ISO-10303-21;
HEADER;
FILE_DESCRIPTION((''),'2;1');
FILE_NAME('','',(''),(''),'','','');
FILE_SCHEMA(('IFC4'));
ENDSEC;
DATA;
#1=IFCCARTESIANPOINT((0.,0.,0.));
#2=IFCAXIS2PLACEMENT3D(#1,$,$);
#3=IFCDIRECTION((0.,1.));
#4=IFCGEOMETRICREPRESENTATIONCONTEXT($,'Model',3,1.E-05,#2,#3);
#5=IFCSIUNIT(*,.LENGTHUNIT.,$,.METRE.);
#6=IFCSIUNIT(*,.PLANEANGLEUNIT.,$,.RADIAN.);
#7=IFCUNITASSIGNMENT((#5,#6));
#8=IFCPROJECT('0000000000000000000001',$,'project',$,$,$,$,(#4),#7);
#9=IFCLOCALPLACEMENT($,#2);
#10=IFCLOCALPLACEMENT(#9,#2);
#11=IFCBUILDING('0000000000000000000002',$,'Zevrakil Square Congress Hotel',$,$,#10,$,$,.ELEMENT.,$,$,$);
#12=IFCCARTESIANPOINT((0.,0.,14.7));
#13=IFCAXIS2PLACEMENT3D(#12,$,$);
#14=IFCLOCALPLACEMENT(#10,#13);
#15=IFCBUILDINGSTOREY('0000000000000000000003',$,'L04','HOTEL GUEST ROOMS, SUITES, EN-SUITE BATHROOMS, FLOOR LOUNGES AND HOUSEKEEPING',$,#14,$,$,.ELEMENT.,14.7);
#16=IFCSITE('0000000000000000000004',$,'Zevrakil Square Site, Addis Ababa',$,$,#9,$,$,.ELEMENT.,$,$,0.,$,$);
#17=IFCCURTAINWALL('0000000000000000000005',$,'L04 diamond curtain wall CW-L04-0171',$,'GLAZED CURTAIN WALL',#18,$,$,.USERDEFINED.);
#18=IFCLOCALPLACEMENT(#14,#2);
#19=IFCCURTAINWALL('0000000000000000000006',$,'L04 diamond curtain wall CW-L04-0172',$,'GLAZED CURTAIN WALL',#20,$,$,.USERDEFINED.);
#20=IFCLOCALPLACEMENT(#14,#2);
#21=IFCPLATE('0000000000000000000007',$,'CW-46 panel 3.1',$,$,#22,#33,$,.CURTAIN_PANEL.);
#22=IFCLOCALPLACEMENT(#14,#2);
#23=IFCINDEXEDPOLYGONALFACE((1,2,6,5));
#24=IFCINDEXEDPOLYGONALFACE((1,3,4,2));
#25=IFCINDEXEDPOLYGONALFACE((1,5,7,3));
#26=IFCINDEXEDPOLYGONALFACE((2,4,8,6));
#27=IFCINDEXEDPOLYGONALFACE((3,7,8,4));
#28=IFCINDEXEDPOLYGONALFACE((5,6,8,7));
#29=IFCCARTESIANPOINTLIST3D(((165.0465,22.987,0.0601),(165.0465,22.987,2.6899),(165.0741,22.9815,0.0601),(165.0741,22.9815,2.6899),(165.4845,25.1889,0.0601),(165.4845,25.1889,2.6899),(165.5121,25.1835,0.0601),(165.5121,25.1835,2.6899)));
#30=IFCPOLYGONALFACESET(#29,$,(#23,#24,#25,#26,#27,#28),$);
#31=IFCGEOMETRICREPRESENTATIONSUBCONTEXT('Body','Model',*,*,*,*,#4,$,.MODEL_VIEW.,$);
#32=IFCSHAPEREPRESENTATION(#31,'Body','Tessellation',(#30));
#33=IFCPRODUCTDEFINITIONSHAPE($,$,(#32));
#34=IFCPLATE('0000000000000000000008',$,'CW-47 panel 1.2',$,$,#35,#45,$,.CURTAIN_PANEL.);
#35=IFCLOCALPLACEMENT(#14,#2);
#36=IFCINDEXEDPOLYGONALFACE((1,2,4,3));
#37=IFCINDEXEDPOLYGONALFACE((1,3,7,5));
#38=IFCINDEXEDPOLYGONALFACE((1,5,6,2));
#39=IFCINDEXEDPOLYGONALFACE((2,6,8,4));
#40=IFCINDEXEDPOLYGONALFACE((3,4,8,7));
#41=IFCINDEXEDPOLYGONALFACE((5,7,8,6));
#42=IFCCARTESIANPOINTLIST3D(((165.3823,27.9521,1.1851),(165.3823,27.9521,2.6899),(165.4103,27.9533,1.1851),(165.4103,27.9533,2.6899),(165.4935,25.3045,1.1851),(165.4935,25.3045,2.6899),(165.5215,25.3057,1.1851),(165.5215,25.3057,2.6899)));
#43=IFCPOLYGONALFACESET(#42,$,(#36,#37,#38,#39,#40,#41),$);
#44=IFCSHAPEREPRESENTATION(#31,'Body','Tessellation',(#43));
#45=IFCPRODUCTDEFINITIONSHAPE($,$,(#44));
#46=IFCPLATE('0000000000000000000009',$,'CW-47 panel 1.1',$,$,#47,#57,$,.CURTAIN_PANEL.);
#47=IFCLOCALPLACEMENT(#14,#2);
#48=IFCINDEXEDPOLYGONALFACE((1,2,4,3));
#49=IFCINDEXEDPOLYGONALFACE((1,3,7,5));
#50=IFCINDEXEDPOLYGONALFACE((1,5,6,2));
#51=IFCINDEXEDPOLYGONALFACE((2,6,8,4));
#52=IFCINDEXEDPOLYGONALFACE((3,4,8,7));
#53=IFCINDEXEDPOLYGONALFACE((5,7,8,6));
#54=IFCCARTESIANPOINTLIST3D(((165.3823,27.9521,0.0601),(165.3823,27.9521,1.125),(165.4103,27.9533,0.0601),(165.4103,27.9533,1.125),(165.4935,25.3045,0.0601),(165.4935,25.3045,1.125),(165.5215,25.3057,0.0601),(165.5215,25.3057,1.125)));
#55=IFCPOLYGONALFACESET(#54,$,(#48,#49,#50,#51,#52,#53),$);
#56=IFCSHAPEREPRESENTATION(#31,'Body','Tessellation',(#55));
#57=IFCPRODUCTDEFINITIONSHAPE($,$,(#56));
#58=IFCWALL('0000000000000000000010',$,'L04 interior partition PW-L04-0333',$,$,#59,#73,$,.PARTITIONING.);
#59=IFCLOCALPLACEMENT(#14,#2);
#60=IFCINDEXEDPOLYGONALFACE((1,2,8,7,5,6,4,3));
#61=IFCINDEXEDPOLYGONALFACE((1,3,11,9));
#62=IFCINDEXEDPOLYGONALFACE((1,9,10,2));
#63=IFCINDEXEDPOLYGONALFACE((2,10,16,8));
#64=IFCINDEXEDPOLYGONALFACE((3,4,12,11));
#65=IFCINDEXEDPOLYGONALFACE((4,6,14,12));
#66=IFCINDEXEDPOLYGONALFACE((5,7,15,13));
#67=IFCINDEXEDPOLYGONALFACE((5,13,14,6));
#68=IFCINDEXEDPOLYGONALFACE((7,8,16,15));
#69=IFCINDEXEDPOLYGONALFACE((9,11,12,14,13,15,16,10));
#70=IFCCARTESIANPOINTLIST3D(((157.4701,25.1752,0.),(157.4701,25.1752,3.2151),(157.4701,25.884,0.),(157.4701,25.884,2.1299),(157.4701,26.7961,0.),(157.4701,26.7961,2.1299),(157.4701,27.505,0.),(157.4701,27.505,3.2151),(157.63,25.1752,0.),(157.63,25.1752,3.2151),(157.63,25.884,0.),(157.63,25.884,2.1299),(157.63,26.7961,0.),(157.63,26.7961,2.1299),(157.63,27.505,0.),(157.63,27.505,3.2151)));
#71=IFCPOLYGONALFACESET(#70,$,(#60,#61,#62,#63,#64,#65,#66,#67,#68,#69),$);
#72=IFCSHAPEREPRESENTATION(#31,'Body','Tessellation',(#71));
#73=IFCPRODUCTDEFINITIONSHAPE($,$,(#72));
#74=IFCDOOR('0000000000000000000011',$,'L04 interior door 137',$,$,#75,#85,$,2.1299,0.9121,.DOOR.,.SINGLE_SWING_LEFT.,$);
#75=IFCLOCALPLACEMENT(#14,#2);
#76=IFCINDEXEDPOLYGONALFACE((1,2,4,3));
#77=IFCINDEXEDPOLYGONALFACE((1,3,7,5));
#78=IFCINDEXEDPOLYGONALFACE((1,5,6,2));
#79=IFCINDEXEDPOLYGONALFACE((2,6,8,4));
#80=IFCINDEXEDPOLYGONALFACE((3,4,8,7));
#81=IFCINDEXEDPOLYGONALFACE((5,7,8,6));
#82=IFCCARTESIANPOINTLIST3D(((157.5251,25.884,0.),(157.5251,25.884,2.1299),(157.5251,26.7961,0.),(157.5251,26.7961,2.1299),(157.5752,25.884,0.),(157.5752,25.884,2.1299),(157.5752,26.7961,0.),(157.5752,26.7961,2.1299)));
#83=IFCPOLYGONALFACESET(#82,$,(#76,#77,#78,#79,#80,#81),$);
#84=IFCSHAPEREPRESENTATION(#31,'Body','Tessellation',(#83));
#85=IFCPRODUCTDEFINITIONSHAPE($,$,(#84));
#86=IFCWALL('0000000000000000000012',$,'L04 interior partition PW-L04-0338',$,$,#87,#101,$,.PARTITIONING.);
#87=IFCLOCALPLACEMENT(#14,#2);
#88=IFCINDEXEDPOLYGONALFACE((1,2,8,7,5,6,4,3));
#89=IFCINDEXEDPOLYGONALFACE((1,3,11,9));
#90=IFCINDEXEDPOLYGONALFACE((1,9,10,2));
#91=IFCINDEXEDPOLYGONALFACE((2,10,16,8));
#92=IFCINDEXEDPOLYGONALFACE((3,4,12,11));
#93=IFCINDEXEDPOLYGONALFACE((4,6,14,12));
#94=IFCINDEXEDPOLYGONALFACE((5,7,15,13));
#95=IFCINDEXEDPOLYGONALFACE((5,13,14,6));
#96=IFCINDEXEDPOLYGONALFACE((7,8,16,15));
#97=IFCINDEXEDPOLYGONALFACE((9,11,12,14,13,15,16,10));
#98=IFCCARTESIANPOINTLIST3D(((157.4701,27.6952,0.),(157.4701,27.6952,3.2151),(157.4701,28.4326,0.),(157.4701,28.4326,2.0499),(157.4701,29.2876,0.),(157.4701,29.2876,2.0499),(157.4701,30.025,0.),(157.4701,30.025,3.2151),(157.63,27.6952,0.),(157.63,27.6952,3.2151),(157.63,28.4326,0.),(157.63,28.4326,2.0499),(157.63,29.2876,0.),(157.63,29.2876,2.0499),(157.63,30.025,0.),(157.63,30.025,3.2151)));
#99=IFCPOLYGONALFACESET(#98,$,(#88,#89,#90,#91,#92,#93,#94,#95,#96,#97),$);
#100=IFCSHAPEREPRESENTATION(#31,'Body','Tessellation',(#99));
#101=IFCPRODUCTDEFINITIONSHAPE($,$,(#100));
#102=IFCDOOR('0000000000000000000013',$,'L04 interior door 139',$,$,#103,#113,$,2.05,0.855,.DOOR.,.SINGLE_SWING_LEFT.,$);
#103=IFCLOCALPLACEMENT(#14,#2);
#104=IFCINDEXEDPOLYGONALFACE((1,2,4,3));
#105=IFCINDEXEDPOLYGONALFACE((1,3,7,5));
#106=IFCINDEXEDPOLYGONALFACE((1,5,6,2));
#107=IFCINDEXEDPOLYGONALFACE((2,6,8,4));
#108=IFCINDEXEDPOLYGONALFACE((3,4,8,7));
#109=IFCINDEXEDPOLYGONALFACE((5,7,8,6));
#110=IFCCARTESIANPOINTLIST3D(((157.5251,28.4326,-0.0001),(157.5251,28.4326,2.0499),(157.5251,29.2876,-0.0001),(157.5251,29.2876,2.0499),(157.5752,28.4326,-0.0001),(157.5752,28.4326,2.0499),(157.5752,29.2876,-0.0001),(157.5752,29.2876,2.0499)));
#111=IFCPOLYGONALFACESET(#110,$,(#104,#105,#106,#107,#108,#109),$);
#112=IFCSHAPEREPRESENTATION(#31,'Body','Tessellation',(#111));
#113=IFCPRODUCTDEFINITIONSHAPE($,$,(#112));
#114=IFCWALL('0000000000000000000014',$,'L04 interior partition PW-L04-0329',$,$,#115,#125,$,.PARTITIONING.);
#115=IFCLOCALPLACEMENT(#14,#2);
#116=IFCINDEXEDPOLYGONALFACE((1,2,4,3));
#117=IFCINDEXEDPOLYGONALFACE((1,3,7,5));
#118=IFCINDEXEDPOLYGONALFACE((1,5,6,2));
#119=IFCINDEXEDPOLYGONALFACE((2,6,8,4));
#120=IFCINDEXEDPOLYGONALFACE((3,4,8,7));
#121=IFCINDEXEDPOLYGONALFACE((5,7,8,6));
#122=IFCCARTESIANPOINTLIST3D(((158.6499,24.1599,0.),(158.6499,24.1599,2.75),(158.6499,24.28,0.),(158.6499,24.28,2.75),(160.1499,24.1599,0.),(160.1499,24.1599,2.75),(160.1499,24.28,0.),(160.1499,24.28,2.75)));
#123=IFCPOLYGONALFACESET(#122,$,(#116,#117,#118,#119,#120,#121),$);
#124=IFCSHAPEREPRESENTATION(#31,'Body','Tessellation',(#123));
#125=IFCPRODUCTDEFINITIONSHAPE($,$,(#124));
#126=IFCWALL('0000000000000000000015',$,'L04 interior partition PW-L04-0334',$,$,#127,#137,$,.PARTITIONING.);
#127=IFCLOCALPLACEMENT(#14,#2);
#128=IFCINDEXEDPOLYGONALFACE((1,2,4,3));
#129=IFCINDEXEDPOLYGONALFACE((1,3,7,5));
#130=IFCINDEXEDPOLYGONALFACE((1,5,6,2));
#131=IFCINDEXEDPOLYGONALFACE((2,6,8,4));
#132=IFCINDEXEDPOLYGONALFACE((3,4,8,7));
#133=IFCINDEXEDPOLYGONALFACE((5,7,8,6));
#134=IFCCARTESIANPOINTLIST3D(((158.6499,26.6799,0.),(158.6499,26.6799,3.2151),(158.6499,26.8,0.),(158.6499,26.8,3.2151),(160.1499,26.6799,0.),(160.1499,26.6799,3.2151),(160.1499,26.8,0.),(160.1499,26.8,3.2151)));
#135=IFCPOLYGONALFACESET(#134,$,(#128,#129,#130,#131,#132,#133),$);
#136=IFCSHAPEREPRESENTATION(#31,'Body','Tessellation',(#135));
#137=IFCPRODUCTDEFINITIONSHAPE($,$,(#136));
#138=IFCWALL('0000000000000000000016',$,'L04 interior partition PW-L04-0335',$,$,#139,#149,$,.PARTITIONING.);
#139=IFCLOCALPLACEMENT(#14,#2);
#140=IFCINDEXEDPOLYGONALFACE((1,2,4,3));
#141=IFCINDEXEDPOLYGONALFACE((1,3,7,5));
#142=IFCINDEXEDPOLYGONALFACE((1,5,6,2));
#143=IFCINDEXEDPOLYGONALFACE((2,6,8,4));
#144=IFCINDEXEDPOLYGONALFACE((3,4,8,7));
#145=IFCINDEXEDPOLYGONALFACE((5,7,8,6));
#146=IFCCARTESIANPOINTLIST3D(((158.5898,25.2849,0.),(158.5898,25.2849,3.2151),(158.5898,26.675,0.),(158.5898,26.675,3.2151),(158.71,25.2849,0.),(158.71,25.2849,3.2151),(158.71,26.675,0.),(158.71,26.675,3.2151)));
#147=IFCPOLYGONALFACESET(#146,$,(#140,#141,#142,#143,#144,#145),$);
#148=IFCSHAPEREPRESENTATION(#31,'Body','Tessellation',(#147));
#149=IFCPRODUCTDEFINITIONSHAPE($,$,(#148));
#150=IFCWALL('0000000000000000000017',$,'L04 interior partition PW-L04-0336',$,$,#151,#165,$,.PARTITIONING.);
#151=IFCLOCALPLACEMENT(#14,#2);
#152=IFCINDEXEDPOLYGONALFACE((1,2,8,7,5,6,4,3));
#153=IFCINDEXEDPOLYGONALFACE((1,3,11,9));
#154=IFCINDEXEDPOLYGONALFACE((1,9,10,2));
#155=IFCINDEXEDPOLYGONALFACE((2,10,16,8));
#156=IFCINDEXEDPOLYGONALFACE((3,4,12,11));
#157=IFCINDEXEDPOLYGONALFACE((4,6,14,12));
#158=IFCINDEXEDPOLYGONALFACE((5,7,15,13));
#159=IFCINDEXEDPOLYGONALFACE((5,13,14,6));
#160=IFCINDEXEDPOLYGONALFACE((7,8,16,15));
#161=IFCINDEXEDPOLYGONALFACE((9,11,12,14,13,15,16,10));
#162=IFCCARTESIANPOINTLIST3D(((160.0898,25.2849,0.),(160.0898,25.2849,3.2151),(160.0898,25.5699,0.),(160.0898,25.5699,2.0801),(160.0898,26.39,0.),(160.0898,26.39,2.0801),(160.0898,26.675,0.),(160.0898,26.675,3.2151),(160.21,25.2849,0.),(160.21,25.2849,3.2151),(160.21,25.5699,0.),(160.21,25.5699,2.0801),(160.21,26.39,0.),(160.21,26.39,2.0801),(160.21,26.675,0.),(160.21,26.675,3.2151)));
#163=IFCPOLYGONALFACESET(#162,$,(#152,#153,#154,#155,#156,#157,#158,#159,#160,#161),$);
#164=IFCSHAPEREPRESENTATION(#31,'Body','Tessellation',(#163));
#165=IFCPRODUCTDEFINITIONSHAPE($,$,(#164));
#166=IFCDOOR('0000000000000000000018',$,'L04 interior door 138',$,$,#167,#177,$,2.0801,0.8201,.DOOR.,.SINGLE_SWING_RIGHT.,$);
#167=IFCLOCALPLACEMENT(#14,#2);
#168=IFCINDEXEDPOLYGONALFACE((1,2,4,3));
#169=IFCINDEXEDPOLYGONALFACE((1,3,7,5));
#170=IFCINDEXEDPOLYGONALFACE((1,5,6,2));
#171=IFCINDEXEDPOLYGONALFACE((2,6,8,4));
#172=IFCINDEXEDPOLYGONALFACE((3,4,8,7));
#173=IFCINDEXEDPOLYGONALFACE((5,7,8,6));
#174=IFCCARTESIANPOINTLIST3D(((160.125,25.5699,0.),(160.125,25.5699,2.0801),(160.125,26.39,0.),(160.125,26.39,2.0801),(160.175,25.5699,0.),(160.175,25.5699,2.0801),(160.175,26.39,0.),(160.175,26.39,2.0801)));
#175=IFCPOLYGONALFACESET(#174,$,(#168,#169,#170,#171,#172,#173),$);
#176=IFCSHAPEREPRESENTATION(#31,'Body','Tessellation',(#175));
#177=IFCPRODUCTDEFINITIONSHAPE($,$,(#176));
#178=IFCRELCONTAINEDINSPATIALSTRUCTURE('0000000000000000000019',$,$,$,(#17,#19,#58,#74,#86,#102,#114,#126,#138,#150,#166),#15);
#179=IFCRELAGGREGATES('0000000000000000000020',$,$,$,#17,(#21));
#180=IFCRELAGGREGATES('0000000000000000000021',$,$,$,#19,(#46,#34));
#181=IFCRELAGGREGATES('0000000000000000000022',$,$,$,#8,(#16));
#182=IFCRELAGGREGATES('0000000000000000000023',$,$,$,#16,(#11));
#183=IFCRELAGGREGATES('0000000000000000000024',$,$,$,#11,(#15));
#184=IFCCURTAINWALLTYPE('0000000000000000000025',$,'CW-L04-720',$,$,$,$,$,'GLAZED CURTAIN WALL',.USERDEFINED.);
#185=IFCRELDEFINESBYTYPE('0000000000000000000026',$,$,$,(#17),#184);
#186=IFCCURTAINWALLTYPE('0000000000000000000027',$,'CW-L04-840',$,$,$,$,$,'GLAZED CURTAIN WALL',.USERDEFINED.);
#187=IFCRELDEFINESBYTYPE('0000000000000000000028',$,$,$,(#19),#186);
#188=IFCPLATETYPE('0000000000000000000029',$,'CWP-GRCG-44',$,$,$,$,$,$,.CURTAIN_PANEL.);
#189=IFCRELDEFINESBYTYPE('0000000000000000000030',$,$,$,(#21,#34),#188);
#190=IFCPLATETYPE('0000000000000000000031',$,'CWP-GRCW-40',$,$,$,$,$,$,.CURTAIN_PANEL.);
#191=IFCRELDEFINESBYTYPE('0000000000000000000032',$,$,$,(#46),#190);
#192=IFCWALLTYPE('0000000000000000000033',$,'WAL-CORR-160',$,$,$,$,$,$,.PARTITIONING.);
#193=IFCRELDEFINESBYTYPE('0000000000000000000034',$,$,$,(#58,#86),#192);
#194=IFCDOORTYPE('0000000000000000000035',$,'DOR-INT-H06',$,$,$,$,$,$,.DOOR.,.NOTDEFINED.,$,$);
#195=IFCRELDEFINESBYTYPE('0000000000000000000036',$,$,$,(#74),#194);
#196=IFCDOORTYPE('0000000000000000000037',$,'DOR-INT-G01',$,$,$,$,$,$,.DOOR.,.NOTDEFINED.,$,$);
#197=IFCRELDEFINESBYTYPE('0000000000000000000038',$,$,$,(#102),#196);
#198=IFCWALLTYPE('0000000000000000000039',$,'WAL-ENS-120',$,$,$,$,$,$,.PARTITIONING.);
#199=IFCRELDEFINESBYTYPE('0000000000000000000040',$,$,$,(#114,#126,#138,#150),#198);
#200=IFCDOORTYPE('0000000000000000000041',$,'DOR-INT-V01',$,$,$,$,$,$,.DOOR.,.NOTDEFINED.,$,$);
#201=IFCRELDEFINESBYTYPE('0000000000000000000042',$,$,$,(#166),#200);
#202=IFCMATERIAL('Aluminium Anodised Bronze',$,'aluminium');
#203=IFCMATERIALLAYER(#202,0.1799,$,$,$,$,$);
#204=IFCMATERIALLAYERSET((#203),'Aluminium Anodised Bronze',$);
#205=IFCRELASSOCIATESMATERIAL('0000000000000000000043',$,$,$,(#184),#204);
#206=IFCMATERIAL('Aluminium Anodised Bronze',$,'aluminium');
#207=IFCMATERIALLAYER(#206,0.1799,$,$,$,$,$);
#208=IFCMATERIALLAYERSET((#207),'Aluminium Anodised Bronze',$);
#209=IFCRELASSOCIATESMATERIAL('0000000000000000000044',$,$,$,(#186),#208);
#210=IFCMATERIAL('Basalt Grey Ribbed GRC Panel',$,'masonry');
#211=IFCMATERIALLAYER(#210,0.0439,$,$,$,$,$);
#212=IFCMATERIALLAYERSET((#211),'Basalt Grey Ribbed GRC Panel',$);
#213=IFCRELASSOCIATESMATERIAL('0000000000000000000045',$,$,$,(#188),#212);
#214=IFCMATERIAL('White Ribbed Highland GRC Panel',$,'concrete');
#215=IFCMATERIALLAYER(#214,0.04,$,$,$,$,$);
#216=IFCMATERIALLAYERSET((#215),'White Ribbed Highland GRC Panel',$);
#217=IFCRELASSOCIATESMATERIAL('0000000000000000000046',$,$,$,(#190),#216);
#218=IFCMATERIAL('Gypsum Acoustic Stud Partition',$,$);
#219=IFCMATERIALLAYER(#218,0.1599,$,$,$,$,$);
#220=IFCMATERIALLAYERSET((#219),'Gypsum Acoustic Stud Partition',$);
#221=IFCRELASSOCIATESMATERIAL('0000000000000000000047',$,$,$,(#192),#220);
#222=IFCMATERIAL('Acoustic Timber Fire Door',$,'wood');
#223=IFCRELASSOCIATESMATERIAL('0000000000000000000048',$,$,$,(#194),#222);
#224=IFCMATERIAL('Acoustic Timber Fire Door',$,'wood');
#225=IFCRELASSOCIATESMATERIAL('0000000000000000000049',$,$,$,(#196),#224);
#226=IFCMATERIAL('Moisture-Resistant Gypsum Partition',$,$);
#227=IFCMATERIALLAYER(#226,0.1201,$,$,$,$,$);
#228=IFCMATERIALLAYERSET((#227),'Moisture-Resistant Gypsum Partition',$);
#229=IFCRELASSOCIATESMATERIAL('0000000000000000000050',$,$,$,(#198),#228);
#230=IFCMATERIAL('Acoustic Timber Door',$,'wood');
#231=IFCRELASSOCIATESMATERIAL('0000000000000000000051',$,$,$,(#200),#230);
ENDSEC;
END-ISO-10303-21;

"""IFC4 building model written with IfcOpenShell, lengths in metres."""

from ifc_helpers import new_model, si_unit, direction, frame, frame_2d, origin, origin_2d, place, context, subcontext, project, spatial, rectangle, extrude, material, layer, layer_set, type_object, element, fill, aggregate, save


model = new_model("IFC4")

# Units and contexts
model_context = context("Model", 3, precision=1e-05, world=origin(), true_north=direction((0.0, 1.0)))
body_context = subcontext(model_context, "Body", "Model", "MODEL_VIEW")
ifc_project = project(units=[si_unit("LENGTHUNIT", "METRE"), si_unit("PLANEANGLEUNIT", "RADIAN")], contexts=[model_context])

# Site, building, storey
site_placement = place(None, origin())
site = spatial("IfcSite", under=ifc_project, at=site_placement, Name="Zevrakil Square Site, Addis Ababa", CompositionType="ELEMENT", RefElevation=0.0)
building_placement = place(site_placement, origin())
building = spatial("IfcBuilding", under=site, at=building_placement, Name="Zevrakil Square Congress Hotel", CompositionType="ELEMENT")
storey_placement = place(building_placement, frame((0.0, 0.0, 14.7)))
storey = spatial("IfcBuildingStorey", under=building, at=storey_placement, Name="L04", Description="HOTEL GUEST ROOMS, SUITES, EN-SUITE BATHROOMS, FLOOR LOUNGES AND HOUSEKEEPING", CompositionType="ELEMENT", Elevation=14.7)

# Curtain walls
ifc_material_1 = material(Name="Aluminium Anodised Bronze", Category="aluminium")
ifc_layer_1 = layer(ifc_material_1, 0.1799)
ifc_layer_set_1 = layer_set([ifc_layer_1], Name="Aluminium Anodised Bronze")
curtain_wall_type_1 = type_object("IfcCurtainWallType", Name="CW-L04-720", ElementType="GLAZED CURTAIN WALL", PredefinedType="USERDEFINED", material=ifc_layer_set_1)
curtain_wall_1_placement = place(storey_placement, origin())
curtain_wall_1 = element("IfcCurtainWall", 1, at=curtain_wall_1_placement, inside=storey, type_object=curtain_wall_type_1, Name="L04 diamond curtain wall CW-L04-0171", ObjectType="GLAZED CURTAIN WALL", PredefinedType="USERDEFINED")
ifc_material_2 = material(Name="Aluminium Anodised Bronze", Category="aluminium")
ifc_layer_2 = layer(ifc_material_2, 0.1799)
ifc_layer_set_2 = layer_set([ifc_layer_2], Name="Aluminium Anodised Bronze")
curtain_wall_type_2 = type_object("IfcCurtainWallType", Name="CW-L04-840", ElementType="GLAZED CURTAIN WALL", PredefinedType="USERDEFINED", material=ifc_layer_set_2)
curtain_wall_2_placement = place(storey_placement, origin())
curtain_wall_2 = element("IfcCurtainWall", 2, at=curtain_wall_2_placement, inside=storey, type_object=curtain_wall_type_2, Name="L04 diamond curtain wall CW-L04-0172", ObjectType="GLAZED CURTAIN WALL", PredefinedType="USERDEFINED")

# Plates
ifc_material_3 = material(Name="Basalt Grey Ribbed GRC Panel", Category="masonry")
ifc_layer_3 = layer(ifc_material_3, 0.0439)
ifc_layer_set_3 = layer_set([ifc_layer_3], Name="Basalt Grey Ribbed GRC Panel")
plate_type_1 = type_object("IfcPlateType", Name="CWP-GRCG-44", PredefinedType="CURTAIN_PANEL", material=ifc_layer_set_3)
plate_1_placement = place(storey_placement, frame((165.2793, 24.0852, 0.0601), z_axis=(0.0, 0.0, 1.0), x_axis=(0.195084, 0.980787, 0.0)))
plate_1 = element("IfcPlate", 3, at=plate_1_placement, type_object=plate_type_1, Name="CW-46 panel 3.1", PredefinedType="CURTAIN_PANEL", context=body_context, shape_type="SweptSolid", body=[
    extrude(rectangle(XDim=2.2451, YDim=0.0281, at=origin_2d()), origin(), (0.0, 0.0, 1.0), 2.6299),
])
aggregate(curtain_wall_1, [plate_1])
plate_2_placement = place(storey_placement, frame((165.4519, 26.6289, 1.1851), z_axis=(0.0, 0.0, 1.0), x_axis=(-0.041971, 0.999119, 0.0)))
plate_2 = element("IfcPlate", 4, at=plate_2_placement, type_object=plate_type_1, Name="CW-47 panel 1.2", PredefinedType="CURTAIN_PANEL", context=body_context, shape_type="SweptSolid", body=[
    extrude(rectangle(XDim=2.6499, YDim=0.0281, at=origin_2d()), origin(), (0.0, 0.0, 1.0), 1.5049),
])
ifc_material_4 = material(Name="White Ribbed Highland GRC Panel", Category="concrete")
ifc_layer_4 = layer(ifc_material_4, 0.04)
ifc_layer_set_4 = layer_set([ifc_layer_4], Name="White Ribbed Highland GRC Panel")
plate_type_2 = type_object("IfcPlateType", Name="CWP-GRCW-40", PredefinedType="CURTAIN_PANEL", material=ifc_layer_set_4)
plate_3_placement = place(storey_placement, frame((165.4519, 26.6289, 0.0601), z_axis=(0.0, 0.0, 1.0), x_axis=(-0.041971, 0.999119, 0.0)))
plate_3 = element("IfcPlate", 5, at=plate_3_placement, type_object=plate_type_2, Name="CW-47 panel 1.1", PredefinedType="CURTAIN_PANEL", context=body_context, shape_type="SweptSolid", body=[
    extrude(rectangle(XDim=2.6499, YDim=0.0281, at=origin_2d()), origin(), (0.0, 0.0, 1.0), 1.0649),
])
aggregate(curtain_wall_2, [plate_3, plate_2])

# Walls, openings, doors
ifc_material_5 = material(Name="Gypsum Acoustic Stud Partition")
ifc_layer_5 = layer(ifc_material_5, 0.1599)
ifc_layer_set_5 = layer_set([ifc_layer_5], Name="Gypsum Acoustic Stud Partition")
wall_type_1 = type_object("IfcWallType", Name="WAL-CORR-160", PredefinedType="PARTITIONING", material=ifc_layer_set_5)
wall_1_placement = place(storey_placement, frame((157.55, 25.175, 0.0), z_axis=(0.0, 0.0, 1.0), x_axis=(0.0, 1.0, 0.0)))
wall_1 = element("IfcWall", 6, at=wall_1_placement, inside=storey, type_object=wall_type_1, Name="L04 interior partition PW-L04-0333", PredefinedType="PARTITIONING", context=body_context, shape_type="SweptSolid", body=[
    extrude(rectangle(XDim=2.3298, YDim=0.1599, at=frame_2d((1.165, 0.0))), origin(), (0.0, 0.0, 1.0), 3.2151),
])
opening_1_placement = place(wall_1_placement, frame((0.709, 0.0, 0.0)))
opening_1 = element("IfcOpeningElement", 7, at=opening_1_placement, cuts=wall_1, PredefinedType="OPENING", context=body_context, shape_type="SweptSolid", body=[
    extrude(rectangle(XDim=0.9121, YDim=2.1299, at=frame_2d((0.4561, 1.0649))), frame((0.0, 0.0898, 0.0), z_axis=(0.0, -1.0, 0.0), x_axis=(1.0, 0.0, 0.0)), (0.0, 0.0, 1.0), 0.1799),
])
ifc_material_6 = material(Name="Acoustic Timber Fire Door", Category="wood")
door_type_1 = type_object("IfcDoorType", Name="DOR-INT-H06", OperationType="NOTDEFINED", PredefinedType="DOOR", material=ifc_material_6)
door_1_placement = place(opening_1_placement, origin())
door_1 = element("IfcDoor", 8, at=door_1_placement, inside=storey, type_object=door_type_1, Name="L04 interior door 137", OperationType="SINGLE_SWING_LEFT", OverallHeight=2.1299, OverallWidth=0.9121, PredefinedType="DOOR", context=body_context, shape_type="SweptSolid", body=[
    extrude(rectangle(XDim=0.9121, YDim=2.1299, at=frame_2d((0.4561, 1.0649))), frame((0.0, 0.0249, 0.0), z_axis=(0.0, -1.0, 0.0), x_axis=(1.0, 0.0, 0.0)), (0.0, 0.0, 1.0), 0.05),
])
fill(opening_1, door_1)
wall_2_placement = place(storey_placement, frame((157.55, 27.6951, 0.0), z_axis=(0.0, 0.0, 1.0), x_axis=(0.0, 1.0, 0.0)))
wall_2 = element("IfcWall", 9, at=wall_2_placement, inside=storey, type_object=wall_type_1, Name="L04 interior partition PW-L04-0338", PredefinedType="PARTITIONING", context=body_context, shape_type="SweptSolid", body=[
    extrude(rectangle(XDim=2.3298, YDim=0.1599, at=frame_2d((1.165, 0.0))), origin(), (0.0, 0.0, 1.0), 3.2151),
])
opening_2_placement = place(wall_2_placement, frame((0.7375, 0.0, 0.0)))
opening_2 = element("IfcOpeningElement", 10, at=opening_2_placement, cuts=wall_2, PredefinedType="OPENING", context=body_context, shape_type="SweptSolid", body=[
    extrude(rectangle(XDim=0.855, YDim=2.05, at=frame_2d((0.4275, 1.0249))), frame((0.0, 0.0898, 0.0), z_axis=(0.0, -1.0, 0.0), x_axis=(1.0, 0.0, 0.0)), (0.0, 0.0, 1.0), 0.1799),
])
ifc_material_7 = material(Name="Acoustic Timber Fire Door", Category="wood")
door_type_2 = type_object("IfcDoorType", Name="DOR-INT-G01", OperationType="NOTDEFINED", PredefinedType="DOOR", material=ifc_material_7)
door_2_placement = place(opening_2_placement, origin())
door_2 = element("IfcDoor", 11, at=door_2_placement, inside=storey, type_object=door_type_2, Name="L04 interior door 139", OperationType="SINGLE_SWING_LEFT", OverallHeight=2.05, OverallWidth=0.855, PredefinedType="DOOR", context=body_context, shape_type="SweptSolid", body=[
    extrude(rectangle(XDim=0.855, YDim=2.05, at=frame_2d((0.4275, 1.0249))), frame((0.0, 0.0249, 0.0), z_axis=(0.0, -1.0, 0.0), x_axis=(1.0, 0.0, 0.0)), (0.0, 0.0, 1.0), 0.05),
])
fill(opening_2, door_2)

# Walls
ifc_material_8 = material(Name="Moisture-Resistant Gypsum Partition")
ifc_layer_6 = layer(ifc_material_8, 0.1201)
ifc_layer_set_6 = layer_set([ifc_layer_6], Name="Moisture-Resistant Gypsum Partition")
wall_type_2 = type_object("IfcWallType", Name="WAL-ENS-120", PredefinedType="PARTITIONING", material=ifc_layer_set_6)
wall_3_placement = place(storey_placement, frame((158.6499, 24.22, 0.0), z_axis=(0.0, 0.0, 1.0), x_axis=(1.0, 0.0, 0.0)))
element("IfcWall", 12, at=wall_3_placement, inside=storey, type_object=wall_type_2, Name="L04 interior partition PW-L04-0329", PredefinedType="PARTITIONING", context=body_context, shape_type="SweptSolid", body=[
    extrude(rectangle(XDim=1.5, YDim=0.1201, at=frame_2d((0.75, 0.0))), origin(), (0.0, 0.0, 1.0), 2.75),
])
wall_4_placement = place(storey_placement, frame((158.6499, 26.74, 0.0), z_axis=(0.0, 0.0, 1.0), x_axis=(1.0, 0.0, 0.0)))
element("IfcWall", 13, at=wall_4_placement, inside=storey, type_object=wall_type_2, Name="L04 interior partition PW-L04-0334", PredefinedType="PARTITIONING", context=body_context, shape_type="SweptSolid", body=[
    extrude(rectangle(XDim=1.5, YDim=0.1201, at=frame_2d((0.75, 0.0))), origin(), (0.0, 0.0, 1.0), 3.2151),
])
wall_5_placement = place(storey_placement, frame((158.6499, 25.2849, 0.0), z_axis=(0.0, 0.0, 1.0), x_axis=(0.0, 1.0, 0.0)))
element("IfcWall", 14, at=wall_5_placement, inside=storey, type_object=wall_type_2, Name="L04 interior partition PW-L04-0335", PredefinedType="PARTITIONING", context=body_context, shape_type="SweptSolid", body=[
    extrude(rectangle(XDim=1.3901, YDim=0.1201, at=frame_2d((0.6951, 0.0))), origin(), (0.0, 0.0, 1.0), 3.2151),
])

# Wall, opening, door
wall_6_placement = place(storey_placement, frame((160.1499, 25.2849, 0.0), z_axis=(0.0, 0.0, 1.0), x_axis=(0.0, 1.0, 0.0)))
wall_6 = element("IfcWall", 15, at=wall_6_placement, inside=storey, type_object=wall_type_2, Name="L04 interior partition PW-L04-0336", PredefinedType="PARTITIONING", context=body_context, shape_type="SweptSolid", body=[
    extrude(rectangle(XDim=1.3901, YDim=0.1201, at=frame_2d((0.6951, 0.0))), origin(), (0.0, 0.0, 1.0), 3.2151),
])
opening_3_placement = place(wall_6_placement, frame((0.2849, 0.0, 0.0)))
opening_3 = element("IfcOpeningElement", 16, at=opening_3_placement, cuts=wall_6, PredefinedType="OPENING", context=body_context, shape_type="SweptSolid", body=[
    extrude(rectangle(XDim=0.8201, YDim=2.0801, at=frame_2d((0.4102, 1.04))), frame((0.0, 0.0701, 0.0), z_axis=(0.0, -1.0, 0.0), x_axis=(1.0, 0.0, 0.0)), (0.0, 0.0, 1.0), 0.1401),
])
ifc_material_9 = material(Name="Acoustic Timber Door", Category="wood")
door_type_3 = type_object("IfcDoorType", Name="DOR-INT-V01", OperationType="NOTDEFINED", PredefinedType="DOOR", material=ifc_material_9)
door_3_placement = place(opening_3_placement, origin())
door_3 = element("IfcDoor", 17, at=door_3_placement, inside=storey, type_object=door_type_3, Name="L04 interior door 138", OperationType="SINGLE_SWING_RIGHT", OverallHeight=2.0801, OverallWidth=0.8201, PredefinedType="DOOR", context=body_context, shape_type="SweptSolid", body=[
    extrude(rectangle(XDim=0.8201, YDim=2.0801, at=frame_2d((0.4102, 1.04))), frame((0.0, 0.0249, 0.0), z_axis=(0.0, -1.0, 0.0), x_axis=(1.0, 0.0, 0.0)), (0.0, 0.0, 1.0), 0.05),
])
fill(opening_3, door_3)

save(model, "model.ifc")
